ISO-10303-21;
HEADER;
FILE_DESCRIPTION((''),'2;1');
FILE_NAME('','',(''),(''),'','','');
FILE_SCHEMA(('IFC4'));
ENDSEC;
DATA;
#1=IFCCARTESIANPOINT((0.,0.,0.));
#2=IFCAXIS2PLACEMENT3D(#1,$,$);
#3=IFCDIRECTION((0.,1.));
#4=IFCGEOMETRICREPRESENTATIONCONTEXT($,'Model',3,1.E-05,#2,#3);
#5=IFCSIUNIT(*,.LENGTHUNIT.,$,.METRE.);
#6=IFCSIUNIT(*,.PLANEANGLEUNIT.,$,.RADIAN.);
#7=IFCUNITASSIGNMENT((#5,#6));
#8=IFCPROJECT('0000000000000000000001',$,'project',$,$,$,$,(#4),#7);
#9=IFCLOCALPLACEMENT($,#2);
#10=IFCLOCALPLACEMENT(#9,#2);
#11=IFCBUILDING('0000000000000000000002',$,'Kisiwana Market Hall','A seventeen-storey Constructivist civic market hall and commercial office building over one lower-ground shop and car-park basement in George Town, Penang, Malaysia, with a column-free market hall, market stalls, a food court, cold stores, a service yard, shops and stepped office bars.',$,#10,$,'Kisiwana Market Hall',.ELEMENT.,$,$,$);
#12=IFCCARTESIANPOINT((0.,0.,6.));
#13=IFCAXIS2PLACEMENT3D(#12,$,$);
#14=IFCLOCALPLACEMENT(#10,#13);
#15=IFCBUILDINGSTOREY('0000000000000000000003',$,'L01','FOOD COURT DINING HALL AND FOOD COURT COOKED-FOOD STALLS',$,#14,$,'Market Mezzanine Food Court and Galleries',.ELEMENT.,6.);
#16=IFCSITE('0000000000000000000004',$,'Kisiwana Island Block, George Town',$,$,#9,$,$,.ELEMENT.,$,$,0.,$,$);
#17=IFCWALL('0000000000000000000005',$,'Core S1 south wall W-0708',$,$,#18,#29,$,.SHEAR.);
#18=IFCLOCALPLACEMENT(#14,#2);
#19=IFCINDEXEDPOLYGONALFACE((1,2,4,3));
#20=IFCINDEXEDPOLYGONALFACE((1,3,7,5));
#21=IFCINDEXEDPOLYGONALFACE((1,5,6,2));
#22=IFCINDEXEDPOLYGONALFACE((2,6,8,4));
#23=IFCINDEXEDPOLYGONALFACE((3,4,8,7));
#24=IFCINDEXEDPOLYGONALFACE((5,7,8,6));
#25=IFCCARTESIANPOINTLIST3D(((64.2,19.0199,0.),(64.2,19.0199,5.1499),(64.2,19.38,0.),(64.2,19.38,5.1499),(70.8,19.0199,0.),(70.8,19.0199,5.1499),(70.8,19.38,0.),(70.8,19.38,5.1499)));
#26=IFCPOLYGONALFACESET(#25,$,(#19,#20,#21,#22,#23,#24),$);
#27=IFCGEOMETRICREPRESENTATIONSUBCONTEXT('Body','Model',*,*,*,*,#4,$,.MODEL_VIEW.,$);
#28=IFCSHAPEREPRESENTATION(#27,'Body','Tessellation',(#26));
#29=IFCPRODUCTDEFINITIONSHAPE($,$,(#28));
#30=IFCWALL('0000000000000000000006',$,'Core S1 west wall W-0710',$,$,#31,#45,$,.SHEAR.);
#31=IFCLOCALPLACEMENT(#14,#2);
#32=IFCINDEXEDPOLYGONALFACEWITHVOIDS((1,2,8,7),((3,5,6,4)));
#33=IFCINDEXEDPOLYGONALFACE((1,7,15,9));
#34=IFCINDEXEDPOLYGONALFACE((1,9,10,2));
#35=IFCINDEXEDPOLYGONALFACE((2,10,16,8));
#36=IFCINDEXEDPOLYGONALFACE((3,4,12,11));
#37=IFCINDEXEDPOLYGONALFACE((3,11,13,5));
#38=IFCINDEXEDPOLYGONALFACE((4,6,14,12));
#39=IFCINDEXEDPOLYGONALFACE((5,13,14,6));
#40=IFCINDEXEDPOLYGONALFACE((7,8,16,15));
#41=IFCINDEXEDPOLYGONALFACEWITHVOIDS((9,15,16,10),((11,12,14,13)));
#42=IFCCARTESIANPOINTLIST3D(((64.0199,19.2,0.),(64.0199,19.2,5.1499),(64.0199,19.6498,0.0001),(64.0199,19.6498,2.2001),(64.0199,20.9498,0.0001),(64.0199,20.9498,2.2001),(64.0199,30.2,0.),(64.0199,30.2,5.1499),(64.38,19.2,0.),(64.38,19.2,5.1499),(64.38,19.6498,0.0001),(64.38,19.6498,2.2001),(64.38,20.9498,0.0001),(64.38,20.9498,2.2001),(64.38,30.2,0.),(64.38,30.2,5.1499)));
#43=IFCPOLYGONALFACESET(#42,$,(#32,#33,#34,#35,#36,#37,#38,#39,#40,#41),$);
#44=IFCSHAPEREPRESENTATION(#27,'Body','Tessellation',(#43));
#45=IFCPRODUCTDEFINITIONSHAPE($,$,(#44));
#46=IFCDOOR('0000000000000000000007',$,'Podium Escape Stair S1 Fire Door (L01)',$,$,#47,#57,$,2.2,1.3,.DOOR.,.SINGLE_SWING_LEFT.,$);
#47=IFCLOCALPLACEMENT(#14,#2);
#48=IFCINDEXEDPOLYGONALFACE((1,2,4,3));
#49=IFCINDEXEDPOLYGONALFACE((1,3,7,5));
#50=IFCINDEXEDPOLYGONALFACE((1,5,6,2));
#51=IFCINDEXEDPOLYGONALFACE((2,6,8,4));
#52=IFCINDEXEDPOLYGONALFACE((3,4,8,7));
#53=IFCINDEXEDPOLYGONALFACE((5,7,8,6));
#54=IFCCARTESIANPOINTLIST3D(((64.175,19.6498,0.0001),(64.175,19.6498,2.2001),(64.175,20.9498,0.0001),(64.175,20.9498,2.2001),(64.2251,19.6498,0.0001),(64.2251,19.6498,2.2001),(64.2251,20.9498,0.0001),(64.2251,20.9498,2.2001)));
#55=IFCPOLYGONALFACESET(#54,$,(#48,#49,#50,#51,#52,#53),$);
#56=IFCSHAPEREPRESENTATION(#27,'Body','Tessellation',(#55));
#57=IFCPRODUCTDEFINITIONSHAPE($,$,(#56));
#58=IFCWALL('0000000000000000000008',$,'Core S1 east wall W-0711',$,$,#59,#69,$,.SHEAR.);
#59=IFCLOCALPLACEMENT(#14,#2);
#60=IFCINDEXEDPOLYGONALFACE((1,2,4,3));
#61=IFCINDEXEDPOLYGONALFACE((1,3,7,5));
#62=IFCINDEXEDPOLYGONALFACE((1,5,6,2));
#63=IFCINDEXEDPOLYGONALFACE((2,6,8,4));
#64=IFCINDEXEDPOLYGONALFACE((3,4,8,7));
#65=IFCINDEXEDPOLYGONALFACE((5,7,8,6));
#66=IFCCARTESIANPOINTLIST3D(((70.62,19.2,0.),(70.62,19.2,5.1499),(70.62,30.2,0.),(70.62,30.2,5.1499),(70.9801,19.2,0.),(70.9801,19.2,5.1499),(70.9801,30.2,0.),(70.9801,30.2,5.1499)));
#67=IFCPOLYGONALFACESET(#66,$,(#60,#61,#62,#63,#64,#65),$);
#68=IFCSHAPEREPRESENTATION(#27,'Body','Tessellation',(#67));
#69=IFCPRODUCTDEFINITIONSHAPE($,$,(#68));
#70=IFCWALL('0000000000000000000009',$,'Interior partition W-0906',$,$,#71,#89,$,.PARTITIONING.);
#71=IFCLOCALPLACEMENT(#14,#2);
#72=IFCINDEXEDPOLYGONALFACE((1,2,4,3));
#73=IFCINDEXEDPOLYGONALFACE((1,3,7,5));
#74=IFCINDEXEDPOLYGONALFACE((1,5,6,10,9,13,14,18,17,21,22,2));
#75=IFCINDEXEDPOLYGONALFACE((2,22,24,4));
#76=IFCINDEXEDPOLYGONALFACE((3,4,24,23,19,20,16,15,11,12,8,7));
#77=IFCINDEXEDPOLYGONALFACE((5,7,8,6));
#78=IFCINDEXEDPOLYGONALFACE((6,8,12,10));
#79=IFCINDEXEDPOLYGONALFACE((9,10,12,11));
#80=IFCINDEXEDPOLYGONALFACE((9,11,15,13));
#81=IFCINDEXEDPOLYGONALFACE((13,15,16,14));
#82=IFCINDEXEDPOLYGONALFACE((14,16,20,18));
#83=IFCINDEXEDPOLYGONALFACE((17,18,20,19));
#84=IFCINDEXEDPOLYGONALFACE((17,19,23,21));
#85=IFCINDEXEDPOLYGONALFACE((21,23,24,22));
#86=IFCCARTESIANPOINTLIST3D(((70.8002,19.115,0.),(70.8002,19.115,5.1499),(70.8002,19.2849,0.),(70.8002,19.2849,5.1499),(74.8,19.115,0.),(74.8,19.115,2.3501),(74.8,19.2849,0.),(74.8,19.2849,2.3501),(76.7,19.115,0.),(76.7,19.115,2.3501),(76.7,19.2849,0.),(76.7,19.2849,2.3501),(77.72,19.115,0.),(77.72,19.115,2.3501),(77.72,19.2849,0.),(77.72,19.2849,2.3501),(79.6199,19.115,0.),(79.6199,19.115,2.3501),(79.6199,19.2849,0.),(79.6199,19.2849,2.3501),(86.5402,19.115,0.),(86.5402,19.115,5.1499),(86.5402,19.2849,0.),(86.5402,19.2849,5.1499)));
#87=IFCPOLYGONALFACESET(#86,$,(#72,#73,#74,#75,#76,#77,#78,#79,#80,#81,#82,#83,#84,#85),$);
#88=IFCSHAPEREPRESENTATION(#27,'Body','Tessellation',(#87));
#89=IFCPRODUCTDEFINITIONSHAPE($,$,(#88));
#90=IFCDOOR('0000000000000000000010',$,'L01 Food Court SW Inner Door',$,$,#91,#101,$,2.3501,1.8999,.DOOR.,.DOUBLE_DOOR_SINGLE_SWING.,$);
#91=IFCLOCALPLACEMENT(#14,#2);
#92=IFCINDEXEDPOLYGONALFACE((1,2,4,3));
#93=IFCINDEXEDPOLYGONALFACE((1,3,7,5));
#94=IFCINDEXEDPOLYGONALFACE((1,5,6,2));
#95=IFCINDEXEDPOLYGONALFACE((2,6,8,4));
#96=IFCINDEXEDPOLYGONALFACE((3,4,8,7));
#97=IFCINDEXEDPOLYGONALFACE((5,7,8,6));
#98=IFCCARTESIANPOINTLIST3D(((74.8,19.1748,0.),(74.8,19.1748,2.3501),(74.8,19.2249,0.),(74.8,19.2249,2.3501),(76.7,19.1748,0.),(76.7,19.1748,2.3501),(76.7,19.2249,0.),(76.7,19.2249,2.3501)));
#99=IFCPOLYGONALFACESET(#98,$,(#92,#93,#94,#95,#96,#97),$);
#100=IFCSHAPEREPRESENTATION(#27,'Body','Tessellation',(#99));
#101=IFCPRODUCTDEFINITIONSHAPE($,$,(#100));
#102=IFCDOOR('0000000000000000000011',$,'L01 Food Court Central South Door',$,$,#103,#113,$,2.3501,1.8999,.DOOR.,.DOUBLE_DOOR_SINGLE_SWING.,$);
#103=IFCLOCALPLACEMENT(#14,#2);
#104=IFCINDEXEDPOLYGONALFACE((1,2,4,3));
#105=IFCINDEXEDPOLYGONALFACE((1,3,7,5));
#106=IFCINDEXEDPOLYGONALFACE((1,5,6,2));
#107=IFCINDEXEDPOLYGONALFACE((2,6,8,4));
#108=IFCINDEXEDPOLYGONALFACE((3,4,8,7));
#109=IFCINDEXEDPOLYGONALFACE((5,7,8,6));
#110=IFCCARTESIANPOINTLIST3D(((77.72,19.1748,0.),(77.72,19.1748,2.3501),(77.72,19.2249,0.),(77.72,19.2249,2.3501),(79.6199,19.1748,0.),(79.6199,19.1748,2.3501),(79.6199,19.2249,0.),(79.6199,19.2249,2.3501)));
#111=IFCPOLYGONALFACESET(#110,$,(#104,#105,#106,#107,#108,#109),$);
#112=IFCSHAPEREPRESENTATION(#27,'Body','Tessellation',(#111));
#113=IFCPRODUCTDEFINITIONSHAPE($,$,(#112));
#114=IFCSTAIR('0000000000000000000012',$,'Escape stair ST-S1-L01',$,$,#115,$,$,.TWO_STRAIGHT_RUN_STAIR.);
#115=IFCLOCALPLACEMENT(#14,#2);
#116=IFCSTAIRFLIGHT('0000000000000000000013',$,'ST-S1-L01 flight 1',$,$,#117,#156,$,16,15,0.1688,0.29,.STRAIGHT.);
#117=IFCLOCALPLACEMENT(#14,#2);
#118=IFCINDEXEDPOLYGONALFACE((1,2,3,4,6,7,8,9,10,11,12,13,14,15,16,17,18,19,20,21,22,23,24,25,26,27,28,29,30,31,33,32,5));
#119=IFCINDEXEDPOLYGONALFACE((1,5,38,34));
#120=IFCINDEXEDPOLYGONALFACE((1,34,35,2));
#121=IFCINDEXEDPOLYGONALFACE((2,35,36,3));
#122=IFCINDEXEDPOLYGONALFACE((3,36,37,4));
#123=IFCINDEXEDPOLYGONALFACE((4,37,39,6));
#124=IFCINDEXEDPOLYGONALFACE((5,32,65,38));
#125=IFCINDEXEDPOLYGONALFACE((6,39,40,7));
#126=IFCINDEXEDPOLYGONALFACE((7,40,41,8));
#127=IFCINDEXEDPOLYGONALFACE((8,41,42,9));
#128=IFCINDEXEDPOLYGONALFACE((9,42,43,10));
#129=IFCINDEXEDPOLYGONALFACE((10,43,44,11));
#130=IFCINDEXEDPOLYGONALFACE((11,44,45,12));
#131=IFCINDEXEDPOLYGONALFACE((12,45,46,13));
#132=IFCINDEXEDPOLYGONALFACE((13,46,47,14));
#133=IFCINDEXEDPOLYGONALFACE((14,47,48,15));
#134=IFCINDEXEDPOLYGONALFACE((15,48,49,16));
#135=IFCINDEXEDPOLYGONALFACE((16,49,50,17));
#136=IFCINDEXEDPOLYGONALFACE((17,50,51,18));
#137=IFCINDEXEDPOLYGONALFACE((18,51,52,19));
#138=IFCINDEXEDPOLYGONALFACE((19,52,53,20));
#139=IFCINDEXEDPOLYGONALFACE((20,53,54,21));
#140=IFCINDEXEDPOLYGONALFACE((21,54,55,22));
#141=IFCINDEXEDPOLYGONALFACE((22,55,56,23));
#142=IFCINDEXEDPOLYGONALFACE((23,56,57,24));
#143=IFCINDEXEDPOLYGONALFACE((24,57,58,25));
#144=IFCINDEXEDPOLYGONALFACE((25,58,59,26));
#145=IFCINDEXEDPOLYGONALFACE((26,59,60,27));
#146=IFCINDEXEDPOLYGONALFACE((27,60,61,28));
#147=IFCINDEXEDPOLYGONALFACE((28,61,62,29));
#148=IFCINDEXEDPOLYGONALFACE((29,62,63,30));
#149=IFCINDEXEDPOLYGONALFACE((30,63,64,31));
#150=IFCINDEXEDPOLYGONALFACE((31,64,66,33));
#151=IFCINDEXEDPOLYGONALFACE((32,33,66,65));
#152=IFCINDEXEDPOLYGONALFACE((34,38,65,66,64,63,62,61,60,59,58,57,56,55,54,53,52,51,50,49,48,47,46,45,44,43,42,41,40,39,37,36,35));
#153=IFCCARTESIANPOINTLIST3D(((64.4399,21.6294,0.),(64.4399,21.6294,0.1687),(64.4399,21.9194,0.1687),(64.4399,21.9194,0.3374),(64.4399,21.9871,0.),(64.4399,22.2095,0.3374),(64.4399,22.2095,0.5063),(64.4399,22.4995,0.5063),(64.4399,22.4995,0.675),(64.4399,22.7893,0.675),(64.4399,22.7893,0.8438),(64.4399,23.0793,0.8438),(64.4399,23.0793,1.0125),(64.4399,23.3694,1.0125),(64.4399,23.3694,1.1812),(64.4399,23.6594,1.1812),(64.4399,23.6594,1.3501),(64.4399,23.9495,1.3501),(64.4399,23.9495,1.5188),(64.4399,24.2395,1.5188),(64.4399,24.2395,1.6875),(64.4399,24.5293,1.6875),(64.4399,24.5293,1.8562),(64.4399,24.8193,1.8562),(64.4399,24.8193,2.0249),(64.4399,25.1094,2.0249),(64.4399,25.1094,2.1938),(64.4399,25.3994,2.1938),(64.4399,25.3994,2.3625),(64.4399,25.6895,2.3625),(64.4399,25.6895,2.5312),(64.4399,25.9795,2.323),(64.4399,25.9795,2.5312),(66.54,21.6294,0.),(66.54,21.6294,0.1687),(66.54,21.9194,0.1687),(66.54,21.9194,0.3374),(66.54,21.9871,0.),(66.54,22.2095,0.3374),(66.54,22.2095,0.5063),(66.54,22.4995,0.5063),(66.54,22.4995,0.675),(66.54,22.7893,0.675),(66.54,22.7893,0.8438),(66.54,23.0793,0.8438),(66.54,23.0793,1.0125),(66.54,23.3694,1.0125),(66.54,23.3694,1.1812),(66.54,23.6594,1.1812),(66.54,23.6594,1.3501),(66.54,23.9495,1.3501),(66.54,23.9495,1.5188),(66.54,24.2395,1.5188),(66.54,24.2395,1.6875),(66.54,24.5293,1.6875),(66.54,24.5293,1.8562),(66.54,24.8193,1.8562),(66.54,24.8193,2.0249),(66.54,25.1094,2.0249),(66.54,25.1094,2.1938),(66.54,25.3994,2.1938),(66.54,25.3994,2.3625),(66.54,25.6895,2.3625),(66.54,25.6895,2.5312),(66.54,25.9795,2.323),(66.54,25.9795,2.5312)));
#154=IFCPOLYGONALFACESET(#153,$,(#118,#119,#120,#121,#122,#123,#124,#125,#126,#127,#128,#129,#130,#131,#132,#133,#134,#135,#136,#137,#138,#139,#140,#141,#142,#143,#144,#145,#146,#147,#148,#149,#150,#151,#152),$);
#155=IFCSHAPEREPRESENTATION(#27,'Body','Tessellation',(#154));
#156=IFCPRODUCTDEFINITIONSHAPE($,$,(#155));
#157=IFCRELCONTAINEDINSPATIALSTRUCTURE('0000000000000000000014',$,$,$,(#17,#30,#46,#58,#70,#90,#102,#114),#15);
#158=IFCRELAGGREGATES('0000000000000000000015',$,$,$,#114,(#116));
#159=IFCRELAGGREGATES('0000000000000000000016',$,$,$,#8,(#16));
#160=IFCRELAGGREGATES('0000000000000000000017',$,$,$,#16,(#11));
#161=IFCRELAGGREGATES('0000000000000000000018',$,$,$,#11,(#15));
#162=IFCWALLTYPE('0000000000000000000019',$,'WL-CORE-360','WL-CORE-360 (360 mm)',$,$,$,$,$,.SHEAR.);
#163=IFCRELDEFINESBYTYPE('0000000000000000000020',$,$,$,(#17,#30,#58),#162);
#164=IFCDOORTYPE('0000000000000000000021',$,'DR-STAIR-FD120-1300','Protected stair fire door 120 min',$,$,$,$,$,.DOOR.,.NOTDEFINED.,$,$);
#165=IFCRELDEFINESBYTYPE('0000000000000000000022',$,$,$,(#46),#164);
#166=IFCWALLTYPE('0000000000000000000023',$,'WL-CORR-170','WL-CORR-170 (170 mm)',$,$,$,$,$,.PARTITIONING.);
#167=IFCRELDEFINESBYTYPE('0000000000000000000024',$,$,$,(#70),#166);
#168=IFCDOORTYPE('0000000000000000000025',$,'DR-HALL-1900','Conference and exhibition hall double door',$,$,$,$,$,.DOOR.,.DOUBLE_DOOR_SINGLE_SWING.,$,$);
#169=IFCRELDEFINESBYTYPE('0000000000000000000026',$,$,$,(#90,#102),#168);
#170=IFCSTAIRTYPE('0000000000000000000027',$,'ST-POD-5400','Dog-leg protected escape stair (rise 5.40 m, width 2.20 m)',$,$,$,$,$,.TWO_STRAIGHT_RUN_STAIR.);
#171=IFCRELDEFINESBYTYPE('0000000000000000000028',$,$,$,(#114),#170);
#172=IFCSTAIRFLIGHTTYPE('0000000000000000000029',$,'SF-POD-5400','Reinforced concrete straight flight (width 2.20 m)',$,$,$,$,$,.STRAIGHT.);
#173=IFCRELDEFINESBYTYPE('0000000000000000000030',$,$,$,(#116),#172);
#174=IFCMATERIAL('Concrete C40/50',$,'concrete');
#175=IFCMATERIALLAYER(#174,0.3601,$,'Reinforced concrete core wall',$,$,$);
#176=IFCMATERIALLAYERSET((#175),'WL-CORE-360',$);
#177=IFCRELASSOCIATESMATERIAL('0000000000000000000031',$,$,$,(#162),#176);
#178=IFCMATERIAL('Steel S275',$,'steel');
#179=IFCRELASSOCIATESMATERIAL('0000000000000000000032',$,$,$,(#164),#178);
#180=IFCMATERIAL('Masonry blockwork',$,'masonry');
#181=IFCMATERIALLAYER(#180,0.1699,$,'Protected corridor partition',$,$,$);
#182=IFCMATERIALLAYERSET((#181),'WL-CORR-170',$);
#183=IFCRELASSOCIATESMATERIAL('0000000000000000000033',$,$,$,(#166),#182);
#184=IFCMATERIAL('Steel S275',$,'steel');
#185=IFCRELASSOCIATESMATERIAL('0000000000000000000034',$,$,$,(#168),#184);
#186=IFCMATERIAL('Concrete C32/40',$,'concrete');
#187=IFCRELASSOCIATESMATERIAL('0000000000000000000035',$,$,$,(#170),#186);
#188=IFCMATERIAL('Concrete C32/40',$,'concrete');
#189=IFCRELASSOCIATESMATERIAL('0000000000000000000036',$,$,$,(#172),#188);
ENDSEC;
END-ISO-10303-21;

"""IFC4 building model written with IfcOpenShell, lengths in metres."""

from ifc_helpers import new_model, si_unit, direction, frame, frame_2d, origin, place, context, subcontext, project, spatial, polyline, rectangle, outline, extrude, material, layer, layer_set, type_object, element, fill, aggregate, save


model = new_model("IFC4")

# Units and contexts
model_context = context("Model", 3, precision=1e-05, world=origin(), true_north=direction((0.0, 1.0)))
body_context = subcontext(model_context, "Body", "Model", "MODEL_VIEW")
ifc_project = project(units=[si_unit("LENGTHUNIT", "METRE"), si_unit("PLANEANGLEUNIT", "RADIAN")], contexts=[model_context])

# Site, building, storey
site_placement = place(None, origin())
site = spatial("IfcSite", under=ifc_project, at=site_placement, Name="Kisiwana Island Block, George Town", CompositionType="ELEMENT", RefElevation=0.0)
building_placement = place(site_placement, origin())
building = spatial("IfcBuilding", under=site, at=building_placement, Name="Kisiwana Market Hall", Description="A seventeen-storey Constructivist civic market hall and commercial office building over one lower-ground shop and car-park basement in George Town, Penang, Malaysia, with a column-free market hall, market stalls, a food court, cold stores, a service yard, shops and stepped office bars.", LongName="Kisiwana Market Hall", CompositionType="ELEMENT")
storey_placement = place(building_placement, frame((0.0, 0.0, 6.0)))
storey = spatial("IfcBuildingStorey", under=building, at=storey_placement, Name="L01", Description="FOOD COURT DINING HALL AND FOOD COURT COOKED-FOOD STALLS", LongName="Market Mezzanine Food Court and Galleries", CompositionType="ELEMENT", Elevation=6.0)

# Wall
ifc_material_1 = material(Name="Concrete C40/50", Category="concrete")
ifc_layer_1 = layer(ifc_material_1, 0.3601, Name="Reinforced concrete core wall")
ifc_layer_set_1 = layer_set([ifc_layer_1], Name="WL-CORE-360")
wall_type_1 = type_object("IfcWallType", Name="WL-CORE-360", Description="WL-CORE-360 (360 mm)", PredefinedType="SHEAR", material=ifc_layer_set_1)
wall_1_placement = place(storey_placement, frame((64.2, 19.2, 0.0), z_axis=(0.0, 0.0, 1.0), x_axis=(1.0, 0.0, 0.0)))
element("IfcWall", 1, at=wall_1_placement, inside=storey, type_object=wall_type_1, Name="Core S1 south wall W-0708", PredefinedType="SHEAR", context=body_context, shape_type="SweptSolid", body=[
    extrude(rectangle(XDim=6.6001, YDim=0.3601, at=frame_2d((3.3, 0.0))), origin(), (0.0, 0.0, 1.0), 5.1499),
])

# Wall, opening, door
wall_2_placement = place(storey_placement, frame((64.2, 19.2, 0.0), z_axis=(0.0, 0.0, 1.0), x_axis=(0.0, 1.0, 0.0)))
wall_2 = element("IfcWall", 2, at=wall_2_placement, inside=storey, type_object=wall_type_1, Name="Core S1 west wall W-0710", PredefinedType="SHEAR", context=body_context, shape_type="SweptSolid", body=[
    extrude(rectangle(XDim=11.0, YDim=0.3601, at=frame_2d((5.5, 0.0))), origin(), (0.0, 0.0, 1.0), 5.1499),
])
opening_1_placement = place(wall_2_placement, frame((0.45, 0.0, 0.0)))
opening_1 = element("IfcOpeningElement", 3, at=opening_1_placement, cuts=wall_2, PredefinedType="OPENING", context=body_context, shape_type="SweptSolid", body=[
    extrude(rectangle(XDim=1.3, YDim=2.2, at=frame_2d((0.6499, 1.1001))), frame((0.0, 0.1919, 0.0), z_axis=(0.0, -1.0, 0.0), x_axis=(1.0, 0.0, 0.0)), (0.0, 0.0, 1.0), 0.384),
])
ifc_material_2 = material(Name="Steel S275", Category="steel")
door_type_1 = type_object("IfcDoorType", Name="DR-STAIR-FD120-1300", Description="Protected stair fire door 120 min", OperationType="NOTDEFINED", PredefinedType="DOOR", material=ifc_material_2)
door_1_placement = place(opening_1_placement, origin())
door_1 = element("IfcDoor", 4, at=door_1_placement, inside=storey, type_object=door_type_1, Name="Podium Escape Stair S1 Fire Door (L01)", OperationType="SINGLE_SWING_LEFT", OverallHeight=2.2, OverallWidth=1.3, PredefinedType="DOOR", context=body_context, shape_type="SweptSolid", body=[
    extrude(rectangle(XDim=1.3, YDim=2.2, at=frame_2d((0.6499, 1.1001))), frame((0.0, 0.0249, 0.0), z_axis=(0.0, -1.0, 0.0), x_axis=(1.0, 0.0, 0.0)), (0.0, 0.0, 1.0), 0.05),
])
fill(opening_1, door_1)

# Wall
wall_3_placement = place(storey_placement, frame((70.8, 19.2, 0.0), z_axis=(0.0, 0.0, 1.0), x_axis=(0.0, 1.0, 0.0)))
element("IfcWall", 5, at=wall_3_placement, inside=storey, type_object=wall_type_1, Name="Core S1 east wall W-0711", PredefinedType="SHEAR", context=body_context, shape_type="SweptSolid", body=[
    extrude(rectangle(XDim=11.0, YDim=0.3601, at=frame_2d((5.5, 0.0))), origin(), (0.0, 0.0, 1.0), 5.1499),
])

# Wall, openings, doors
ifc_material_3 = material(Name="Masonry blockwork", Category="masonry")
ifc_layer_2 = layer(ifc_material_3, 0.1699, Name="Protected corridor partition")
ifc_layer_set_2 = layer_set([ifc_layer_2], Name="WL-CORR-170")
wall_type_2 = type_object("IfcWallType", Name="WL-CORR-170", Description="WL-CORR-170 (170 mm)", PredefinedType="PARTITIONING", material=ifc_layer_set_2)
wall_4_placement = place(storey_placement, frame((70.8, 19.2, 0.0), z_axis=(0.0, 0.0, 1.0), x_axis=(1.0, 0.0, 0.0)))
wall_4 = element("IfcWall", 6, at=wall_4_placement, inside=storey, type_object=wall_type_2, Name="Interior partition W-0906", PredefinedType="PARTITIONING", context=body_context, shape_type="SweptSolid", body=[
    extrude(rectangle(XDim=15.74, YDim=0.1699, at=frame_2d((7.8701, 0.0))), origin(), (0.0, 0.0, 1.0), 5.1499),
])
opening_2_placement = place(wall_4_placement, frame((4.0, 0.0, 0.0)))
opening_2 = element("IfcOpeningElement", 7, at=opening_2_placement, cuts=wall_4, PredefinedType="OPENING", context=body_context, shape_type="SweptSolid", body=[
    extrude(rectangle(XDim=1.8999, YDim=2.3501, at=frame_2d((0.95, 1.175))), frame((0.0, 0.0969, 0.0), z_axis=(0.0, -1.0, 0.0), x_axis=(1.0, 0.0, 0.0)), (0.0, 0.0, 1.0), 0.1938),
])
opening_3_placement = place(wall_4_placement, frame((6.9199, 0.0, 0.0)))
opening_3 = element("IfcOpeningElement", 8, at=opening_3_placement, cuts=wall_4, PredefinedType="OPENING", context=body_context, shape_type="SweptSolid", body=[
    extrude(rectangle(XDim=1.8999, YDim=2.3501, at=frame_2d((0.95, 1.175))), frame((0.0, 0.0969, 0.0), z_axis=(0.0, -1.0, 0.0), x_axis=(1.0, 0.0, 0.0)), (0.0, 0.0, 1.0), 0.1938),
])
ifc_material_4 = material(Name="Steel S275", Category="steel")
door_type_2 = type_object("IfcDoorType", Name="DR-HALL-1900", Description="Conference and exhibition hall double door", OperationType="DOUBLE_DOOR_SINGLE_SWING", PredefinedType="DOOR", material=ifc_material_4)
door_2_placement = place(opening_2_placement, origin())
door_2 = element("IfcDoor", 9, at=door_2_placement, inside=storey, type_object=door_type_2, Name="L01 Food Court SW Inner Door", OperationType="DOUBLE_DOOR_SINGLE_SWING", OverallHeight=2.3501, OverallWidth=1.8999, PredefinedType="DOOR", context=body_context, shape_type="SweptSolid", body=[
    extrude(rectangle(XDim=1.8999, YDim=2.3501, at=frame_2d((0.95, 1.175))), frame((0.0, 0.0249, 0.0), z_axis=(0.0, -1.0, 0.0), x_axis=(1.0, 0.0, 0.0)), (0.0, 0.0, 1.0), 0.05),
])
fill(opening_2, door_2)
door_3_placement = place(opening_3_placement, origin())
door_3 = element("IfcDoor", 10, at=door_3_placement, inside=storey, type_object=door_type_2, Name="L01 Food Court Central South Door", OperationType="DOUBLE_DOOR_SINGLE_SWING", OverallHeight=2.3501, OverallWidth=1.8999, PredefinedType="DOOR", context=body_context, shape_type="SweptSolid", body=[
    extrude(rectangle(XDim=1.8999, YDim=2.3501, at=frame_2d((0.95, 1.175))), frame((0.0, 0.0249, 0.0), z_axis=(0.0, -1.0, 0.0), x_axis=(1.0, 0.0, 0.0)), (0.0, 0.0, 1.0), 0.05),
])
fill(opening_3, door_3)

# Stair, stair flight
ifc_material_5 = material(Name="Concrete C32/40", Category="concrete")
stair_type = type_object("IfcStairType", Name="ST-POD-5400", Description="Dog-leg protected escape stair (rise 5.40 m, width 2.20 m)", PredefinedType="TWO_STRAIGHT_RUN_STAIR", material=ifc_material_5)
stair_placement = place(storey_placement, origin())
stair = element("IfcStair", 11, at=stair_placement, inside=storey, type_object=stair_type, Name="Escape stair ST-S1-L01", PredefinedType="TWO_STRAIGHT_RUN_STAIR")
ifc_material_6 = material(Name="Concrete C32/40", Category="concrete")
stair_flight_type = type_object("IfcStairFlightType", Name="SF-POD-5400", Description="Reinforced concrete straight flight (width 2.20 m)", PredefinedType="STRAIGHT", material=ifc_material_6)
stair_flight_placement = place(storey_placement, frame((65.49, 21.6294, 0.0), z_axis=(0.0, 0.0, 1.0), x_axis=(0.0, 1.0, 0.0)))
stair_flight = element("IfcStairFlight", 12, at=stair_flight_placement, type_object=stair_flight_type, Name="ST-S1-L01 flight 1", NumberOfRisers=16, NumberOfTreads=15, PredefinedType="STRAIGHT", RiserHeight=0.1688, TreadLength=0.29, context=body_context, shape_type="SweptSolid", body=[
    extrude(outline(polyline([(0.0, 0.0), (0.0, 0.1687), (0.29, 0.1687), (0.29, 0.3374), (0.5801, 0.3374), (0.5801, 0.5063), (0.8701, 0.5063), (0.8701, 0.675), (1.1599, 0.675), (1.1599, 0.8438), (1.45, 0.8438), (1.45, 1.0125), (1.74, 1.0125), (1.74, 1.1812), (2.03, 1.1812), (2.03, 1.3501), (2.3201, 1.3501), (2.3201, 1.5188), (2.6101, 1.5188), (2.6101, 1.6875), (2.8999, 1.6875), (2.8999, 1.8562), (3.1899, 1.8562), (3.1899, 2.0249), (3.48, 2.0249), (3.48, 2.1938), (3.77, 2.1938), (3.77, 2.3625), (4.0601, 2.3625), (4.0601, 2.5312), (4.3501, 2.5312), (4.3501, 2.7), (4.3501, 2.323), (0.3577, 0.0), (0.0, 0.0)])), frame((0.0, 1.05, 0.0), z_axis=(0.0, -1.0, 0.0), x_axis=(1.0, 0.0, 0.0)), (0.0, 0.0, 1.0), 2.1001),
])
aggregate(stair, [stair_flight])

save(model, "model.ifc")
